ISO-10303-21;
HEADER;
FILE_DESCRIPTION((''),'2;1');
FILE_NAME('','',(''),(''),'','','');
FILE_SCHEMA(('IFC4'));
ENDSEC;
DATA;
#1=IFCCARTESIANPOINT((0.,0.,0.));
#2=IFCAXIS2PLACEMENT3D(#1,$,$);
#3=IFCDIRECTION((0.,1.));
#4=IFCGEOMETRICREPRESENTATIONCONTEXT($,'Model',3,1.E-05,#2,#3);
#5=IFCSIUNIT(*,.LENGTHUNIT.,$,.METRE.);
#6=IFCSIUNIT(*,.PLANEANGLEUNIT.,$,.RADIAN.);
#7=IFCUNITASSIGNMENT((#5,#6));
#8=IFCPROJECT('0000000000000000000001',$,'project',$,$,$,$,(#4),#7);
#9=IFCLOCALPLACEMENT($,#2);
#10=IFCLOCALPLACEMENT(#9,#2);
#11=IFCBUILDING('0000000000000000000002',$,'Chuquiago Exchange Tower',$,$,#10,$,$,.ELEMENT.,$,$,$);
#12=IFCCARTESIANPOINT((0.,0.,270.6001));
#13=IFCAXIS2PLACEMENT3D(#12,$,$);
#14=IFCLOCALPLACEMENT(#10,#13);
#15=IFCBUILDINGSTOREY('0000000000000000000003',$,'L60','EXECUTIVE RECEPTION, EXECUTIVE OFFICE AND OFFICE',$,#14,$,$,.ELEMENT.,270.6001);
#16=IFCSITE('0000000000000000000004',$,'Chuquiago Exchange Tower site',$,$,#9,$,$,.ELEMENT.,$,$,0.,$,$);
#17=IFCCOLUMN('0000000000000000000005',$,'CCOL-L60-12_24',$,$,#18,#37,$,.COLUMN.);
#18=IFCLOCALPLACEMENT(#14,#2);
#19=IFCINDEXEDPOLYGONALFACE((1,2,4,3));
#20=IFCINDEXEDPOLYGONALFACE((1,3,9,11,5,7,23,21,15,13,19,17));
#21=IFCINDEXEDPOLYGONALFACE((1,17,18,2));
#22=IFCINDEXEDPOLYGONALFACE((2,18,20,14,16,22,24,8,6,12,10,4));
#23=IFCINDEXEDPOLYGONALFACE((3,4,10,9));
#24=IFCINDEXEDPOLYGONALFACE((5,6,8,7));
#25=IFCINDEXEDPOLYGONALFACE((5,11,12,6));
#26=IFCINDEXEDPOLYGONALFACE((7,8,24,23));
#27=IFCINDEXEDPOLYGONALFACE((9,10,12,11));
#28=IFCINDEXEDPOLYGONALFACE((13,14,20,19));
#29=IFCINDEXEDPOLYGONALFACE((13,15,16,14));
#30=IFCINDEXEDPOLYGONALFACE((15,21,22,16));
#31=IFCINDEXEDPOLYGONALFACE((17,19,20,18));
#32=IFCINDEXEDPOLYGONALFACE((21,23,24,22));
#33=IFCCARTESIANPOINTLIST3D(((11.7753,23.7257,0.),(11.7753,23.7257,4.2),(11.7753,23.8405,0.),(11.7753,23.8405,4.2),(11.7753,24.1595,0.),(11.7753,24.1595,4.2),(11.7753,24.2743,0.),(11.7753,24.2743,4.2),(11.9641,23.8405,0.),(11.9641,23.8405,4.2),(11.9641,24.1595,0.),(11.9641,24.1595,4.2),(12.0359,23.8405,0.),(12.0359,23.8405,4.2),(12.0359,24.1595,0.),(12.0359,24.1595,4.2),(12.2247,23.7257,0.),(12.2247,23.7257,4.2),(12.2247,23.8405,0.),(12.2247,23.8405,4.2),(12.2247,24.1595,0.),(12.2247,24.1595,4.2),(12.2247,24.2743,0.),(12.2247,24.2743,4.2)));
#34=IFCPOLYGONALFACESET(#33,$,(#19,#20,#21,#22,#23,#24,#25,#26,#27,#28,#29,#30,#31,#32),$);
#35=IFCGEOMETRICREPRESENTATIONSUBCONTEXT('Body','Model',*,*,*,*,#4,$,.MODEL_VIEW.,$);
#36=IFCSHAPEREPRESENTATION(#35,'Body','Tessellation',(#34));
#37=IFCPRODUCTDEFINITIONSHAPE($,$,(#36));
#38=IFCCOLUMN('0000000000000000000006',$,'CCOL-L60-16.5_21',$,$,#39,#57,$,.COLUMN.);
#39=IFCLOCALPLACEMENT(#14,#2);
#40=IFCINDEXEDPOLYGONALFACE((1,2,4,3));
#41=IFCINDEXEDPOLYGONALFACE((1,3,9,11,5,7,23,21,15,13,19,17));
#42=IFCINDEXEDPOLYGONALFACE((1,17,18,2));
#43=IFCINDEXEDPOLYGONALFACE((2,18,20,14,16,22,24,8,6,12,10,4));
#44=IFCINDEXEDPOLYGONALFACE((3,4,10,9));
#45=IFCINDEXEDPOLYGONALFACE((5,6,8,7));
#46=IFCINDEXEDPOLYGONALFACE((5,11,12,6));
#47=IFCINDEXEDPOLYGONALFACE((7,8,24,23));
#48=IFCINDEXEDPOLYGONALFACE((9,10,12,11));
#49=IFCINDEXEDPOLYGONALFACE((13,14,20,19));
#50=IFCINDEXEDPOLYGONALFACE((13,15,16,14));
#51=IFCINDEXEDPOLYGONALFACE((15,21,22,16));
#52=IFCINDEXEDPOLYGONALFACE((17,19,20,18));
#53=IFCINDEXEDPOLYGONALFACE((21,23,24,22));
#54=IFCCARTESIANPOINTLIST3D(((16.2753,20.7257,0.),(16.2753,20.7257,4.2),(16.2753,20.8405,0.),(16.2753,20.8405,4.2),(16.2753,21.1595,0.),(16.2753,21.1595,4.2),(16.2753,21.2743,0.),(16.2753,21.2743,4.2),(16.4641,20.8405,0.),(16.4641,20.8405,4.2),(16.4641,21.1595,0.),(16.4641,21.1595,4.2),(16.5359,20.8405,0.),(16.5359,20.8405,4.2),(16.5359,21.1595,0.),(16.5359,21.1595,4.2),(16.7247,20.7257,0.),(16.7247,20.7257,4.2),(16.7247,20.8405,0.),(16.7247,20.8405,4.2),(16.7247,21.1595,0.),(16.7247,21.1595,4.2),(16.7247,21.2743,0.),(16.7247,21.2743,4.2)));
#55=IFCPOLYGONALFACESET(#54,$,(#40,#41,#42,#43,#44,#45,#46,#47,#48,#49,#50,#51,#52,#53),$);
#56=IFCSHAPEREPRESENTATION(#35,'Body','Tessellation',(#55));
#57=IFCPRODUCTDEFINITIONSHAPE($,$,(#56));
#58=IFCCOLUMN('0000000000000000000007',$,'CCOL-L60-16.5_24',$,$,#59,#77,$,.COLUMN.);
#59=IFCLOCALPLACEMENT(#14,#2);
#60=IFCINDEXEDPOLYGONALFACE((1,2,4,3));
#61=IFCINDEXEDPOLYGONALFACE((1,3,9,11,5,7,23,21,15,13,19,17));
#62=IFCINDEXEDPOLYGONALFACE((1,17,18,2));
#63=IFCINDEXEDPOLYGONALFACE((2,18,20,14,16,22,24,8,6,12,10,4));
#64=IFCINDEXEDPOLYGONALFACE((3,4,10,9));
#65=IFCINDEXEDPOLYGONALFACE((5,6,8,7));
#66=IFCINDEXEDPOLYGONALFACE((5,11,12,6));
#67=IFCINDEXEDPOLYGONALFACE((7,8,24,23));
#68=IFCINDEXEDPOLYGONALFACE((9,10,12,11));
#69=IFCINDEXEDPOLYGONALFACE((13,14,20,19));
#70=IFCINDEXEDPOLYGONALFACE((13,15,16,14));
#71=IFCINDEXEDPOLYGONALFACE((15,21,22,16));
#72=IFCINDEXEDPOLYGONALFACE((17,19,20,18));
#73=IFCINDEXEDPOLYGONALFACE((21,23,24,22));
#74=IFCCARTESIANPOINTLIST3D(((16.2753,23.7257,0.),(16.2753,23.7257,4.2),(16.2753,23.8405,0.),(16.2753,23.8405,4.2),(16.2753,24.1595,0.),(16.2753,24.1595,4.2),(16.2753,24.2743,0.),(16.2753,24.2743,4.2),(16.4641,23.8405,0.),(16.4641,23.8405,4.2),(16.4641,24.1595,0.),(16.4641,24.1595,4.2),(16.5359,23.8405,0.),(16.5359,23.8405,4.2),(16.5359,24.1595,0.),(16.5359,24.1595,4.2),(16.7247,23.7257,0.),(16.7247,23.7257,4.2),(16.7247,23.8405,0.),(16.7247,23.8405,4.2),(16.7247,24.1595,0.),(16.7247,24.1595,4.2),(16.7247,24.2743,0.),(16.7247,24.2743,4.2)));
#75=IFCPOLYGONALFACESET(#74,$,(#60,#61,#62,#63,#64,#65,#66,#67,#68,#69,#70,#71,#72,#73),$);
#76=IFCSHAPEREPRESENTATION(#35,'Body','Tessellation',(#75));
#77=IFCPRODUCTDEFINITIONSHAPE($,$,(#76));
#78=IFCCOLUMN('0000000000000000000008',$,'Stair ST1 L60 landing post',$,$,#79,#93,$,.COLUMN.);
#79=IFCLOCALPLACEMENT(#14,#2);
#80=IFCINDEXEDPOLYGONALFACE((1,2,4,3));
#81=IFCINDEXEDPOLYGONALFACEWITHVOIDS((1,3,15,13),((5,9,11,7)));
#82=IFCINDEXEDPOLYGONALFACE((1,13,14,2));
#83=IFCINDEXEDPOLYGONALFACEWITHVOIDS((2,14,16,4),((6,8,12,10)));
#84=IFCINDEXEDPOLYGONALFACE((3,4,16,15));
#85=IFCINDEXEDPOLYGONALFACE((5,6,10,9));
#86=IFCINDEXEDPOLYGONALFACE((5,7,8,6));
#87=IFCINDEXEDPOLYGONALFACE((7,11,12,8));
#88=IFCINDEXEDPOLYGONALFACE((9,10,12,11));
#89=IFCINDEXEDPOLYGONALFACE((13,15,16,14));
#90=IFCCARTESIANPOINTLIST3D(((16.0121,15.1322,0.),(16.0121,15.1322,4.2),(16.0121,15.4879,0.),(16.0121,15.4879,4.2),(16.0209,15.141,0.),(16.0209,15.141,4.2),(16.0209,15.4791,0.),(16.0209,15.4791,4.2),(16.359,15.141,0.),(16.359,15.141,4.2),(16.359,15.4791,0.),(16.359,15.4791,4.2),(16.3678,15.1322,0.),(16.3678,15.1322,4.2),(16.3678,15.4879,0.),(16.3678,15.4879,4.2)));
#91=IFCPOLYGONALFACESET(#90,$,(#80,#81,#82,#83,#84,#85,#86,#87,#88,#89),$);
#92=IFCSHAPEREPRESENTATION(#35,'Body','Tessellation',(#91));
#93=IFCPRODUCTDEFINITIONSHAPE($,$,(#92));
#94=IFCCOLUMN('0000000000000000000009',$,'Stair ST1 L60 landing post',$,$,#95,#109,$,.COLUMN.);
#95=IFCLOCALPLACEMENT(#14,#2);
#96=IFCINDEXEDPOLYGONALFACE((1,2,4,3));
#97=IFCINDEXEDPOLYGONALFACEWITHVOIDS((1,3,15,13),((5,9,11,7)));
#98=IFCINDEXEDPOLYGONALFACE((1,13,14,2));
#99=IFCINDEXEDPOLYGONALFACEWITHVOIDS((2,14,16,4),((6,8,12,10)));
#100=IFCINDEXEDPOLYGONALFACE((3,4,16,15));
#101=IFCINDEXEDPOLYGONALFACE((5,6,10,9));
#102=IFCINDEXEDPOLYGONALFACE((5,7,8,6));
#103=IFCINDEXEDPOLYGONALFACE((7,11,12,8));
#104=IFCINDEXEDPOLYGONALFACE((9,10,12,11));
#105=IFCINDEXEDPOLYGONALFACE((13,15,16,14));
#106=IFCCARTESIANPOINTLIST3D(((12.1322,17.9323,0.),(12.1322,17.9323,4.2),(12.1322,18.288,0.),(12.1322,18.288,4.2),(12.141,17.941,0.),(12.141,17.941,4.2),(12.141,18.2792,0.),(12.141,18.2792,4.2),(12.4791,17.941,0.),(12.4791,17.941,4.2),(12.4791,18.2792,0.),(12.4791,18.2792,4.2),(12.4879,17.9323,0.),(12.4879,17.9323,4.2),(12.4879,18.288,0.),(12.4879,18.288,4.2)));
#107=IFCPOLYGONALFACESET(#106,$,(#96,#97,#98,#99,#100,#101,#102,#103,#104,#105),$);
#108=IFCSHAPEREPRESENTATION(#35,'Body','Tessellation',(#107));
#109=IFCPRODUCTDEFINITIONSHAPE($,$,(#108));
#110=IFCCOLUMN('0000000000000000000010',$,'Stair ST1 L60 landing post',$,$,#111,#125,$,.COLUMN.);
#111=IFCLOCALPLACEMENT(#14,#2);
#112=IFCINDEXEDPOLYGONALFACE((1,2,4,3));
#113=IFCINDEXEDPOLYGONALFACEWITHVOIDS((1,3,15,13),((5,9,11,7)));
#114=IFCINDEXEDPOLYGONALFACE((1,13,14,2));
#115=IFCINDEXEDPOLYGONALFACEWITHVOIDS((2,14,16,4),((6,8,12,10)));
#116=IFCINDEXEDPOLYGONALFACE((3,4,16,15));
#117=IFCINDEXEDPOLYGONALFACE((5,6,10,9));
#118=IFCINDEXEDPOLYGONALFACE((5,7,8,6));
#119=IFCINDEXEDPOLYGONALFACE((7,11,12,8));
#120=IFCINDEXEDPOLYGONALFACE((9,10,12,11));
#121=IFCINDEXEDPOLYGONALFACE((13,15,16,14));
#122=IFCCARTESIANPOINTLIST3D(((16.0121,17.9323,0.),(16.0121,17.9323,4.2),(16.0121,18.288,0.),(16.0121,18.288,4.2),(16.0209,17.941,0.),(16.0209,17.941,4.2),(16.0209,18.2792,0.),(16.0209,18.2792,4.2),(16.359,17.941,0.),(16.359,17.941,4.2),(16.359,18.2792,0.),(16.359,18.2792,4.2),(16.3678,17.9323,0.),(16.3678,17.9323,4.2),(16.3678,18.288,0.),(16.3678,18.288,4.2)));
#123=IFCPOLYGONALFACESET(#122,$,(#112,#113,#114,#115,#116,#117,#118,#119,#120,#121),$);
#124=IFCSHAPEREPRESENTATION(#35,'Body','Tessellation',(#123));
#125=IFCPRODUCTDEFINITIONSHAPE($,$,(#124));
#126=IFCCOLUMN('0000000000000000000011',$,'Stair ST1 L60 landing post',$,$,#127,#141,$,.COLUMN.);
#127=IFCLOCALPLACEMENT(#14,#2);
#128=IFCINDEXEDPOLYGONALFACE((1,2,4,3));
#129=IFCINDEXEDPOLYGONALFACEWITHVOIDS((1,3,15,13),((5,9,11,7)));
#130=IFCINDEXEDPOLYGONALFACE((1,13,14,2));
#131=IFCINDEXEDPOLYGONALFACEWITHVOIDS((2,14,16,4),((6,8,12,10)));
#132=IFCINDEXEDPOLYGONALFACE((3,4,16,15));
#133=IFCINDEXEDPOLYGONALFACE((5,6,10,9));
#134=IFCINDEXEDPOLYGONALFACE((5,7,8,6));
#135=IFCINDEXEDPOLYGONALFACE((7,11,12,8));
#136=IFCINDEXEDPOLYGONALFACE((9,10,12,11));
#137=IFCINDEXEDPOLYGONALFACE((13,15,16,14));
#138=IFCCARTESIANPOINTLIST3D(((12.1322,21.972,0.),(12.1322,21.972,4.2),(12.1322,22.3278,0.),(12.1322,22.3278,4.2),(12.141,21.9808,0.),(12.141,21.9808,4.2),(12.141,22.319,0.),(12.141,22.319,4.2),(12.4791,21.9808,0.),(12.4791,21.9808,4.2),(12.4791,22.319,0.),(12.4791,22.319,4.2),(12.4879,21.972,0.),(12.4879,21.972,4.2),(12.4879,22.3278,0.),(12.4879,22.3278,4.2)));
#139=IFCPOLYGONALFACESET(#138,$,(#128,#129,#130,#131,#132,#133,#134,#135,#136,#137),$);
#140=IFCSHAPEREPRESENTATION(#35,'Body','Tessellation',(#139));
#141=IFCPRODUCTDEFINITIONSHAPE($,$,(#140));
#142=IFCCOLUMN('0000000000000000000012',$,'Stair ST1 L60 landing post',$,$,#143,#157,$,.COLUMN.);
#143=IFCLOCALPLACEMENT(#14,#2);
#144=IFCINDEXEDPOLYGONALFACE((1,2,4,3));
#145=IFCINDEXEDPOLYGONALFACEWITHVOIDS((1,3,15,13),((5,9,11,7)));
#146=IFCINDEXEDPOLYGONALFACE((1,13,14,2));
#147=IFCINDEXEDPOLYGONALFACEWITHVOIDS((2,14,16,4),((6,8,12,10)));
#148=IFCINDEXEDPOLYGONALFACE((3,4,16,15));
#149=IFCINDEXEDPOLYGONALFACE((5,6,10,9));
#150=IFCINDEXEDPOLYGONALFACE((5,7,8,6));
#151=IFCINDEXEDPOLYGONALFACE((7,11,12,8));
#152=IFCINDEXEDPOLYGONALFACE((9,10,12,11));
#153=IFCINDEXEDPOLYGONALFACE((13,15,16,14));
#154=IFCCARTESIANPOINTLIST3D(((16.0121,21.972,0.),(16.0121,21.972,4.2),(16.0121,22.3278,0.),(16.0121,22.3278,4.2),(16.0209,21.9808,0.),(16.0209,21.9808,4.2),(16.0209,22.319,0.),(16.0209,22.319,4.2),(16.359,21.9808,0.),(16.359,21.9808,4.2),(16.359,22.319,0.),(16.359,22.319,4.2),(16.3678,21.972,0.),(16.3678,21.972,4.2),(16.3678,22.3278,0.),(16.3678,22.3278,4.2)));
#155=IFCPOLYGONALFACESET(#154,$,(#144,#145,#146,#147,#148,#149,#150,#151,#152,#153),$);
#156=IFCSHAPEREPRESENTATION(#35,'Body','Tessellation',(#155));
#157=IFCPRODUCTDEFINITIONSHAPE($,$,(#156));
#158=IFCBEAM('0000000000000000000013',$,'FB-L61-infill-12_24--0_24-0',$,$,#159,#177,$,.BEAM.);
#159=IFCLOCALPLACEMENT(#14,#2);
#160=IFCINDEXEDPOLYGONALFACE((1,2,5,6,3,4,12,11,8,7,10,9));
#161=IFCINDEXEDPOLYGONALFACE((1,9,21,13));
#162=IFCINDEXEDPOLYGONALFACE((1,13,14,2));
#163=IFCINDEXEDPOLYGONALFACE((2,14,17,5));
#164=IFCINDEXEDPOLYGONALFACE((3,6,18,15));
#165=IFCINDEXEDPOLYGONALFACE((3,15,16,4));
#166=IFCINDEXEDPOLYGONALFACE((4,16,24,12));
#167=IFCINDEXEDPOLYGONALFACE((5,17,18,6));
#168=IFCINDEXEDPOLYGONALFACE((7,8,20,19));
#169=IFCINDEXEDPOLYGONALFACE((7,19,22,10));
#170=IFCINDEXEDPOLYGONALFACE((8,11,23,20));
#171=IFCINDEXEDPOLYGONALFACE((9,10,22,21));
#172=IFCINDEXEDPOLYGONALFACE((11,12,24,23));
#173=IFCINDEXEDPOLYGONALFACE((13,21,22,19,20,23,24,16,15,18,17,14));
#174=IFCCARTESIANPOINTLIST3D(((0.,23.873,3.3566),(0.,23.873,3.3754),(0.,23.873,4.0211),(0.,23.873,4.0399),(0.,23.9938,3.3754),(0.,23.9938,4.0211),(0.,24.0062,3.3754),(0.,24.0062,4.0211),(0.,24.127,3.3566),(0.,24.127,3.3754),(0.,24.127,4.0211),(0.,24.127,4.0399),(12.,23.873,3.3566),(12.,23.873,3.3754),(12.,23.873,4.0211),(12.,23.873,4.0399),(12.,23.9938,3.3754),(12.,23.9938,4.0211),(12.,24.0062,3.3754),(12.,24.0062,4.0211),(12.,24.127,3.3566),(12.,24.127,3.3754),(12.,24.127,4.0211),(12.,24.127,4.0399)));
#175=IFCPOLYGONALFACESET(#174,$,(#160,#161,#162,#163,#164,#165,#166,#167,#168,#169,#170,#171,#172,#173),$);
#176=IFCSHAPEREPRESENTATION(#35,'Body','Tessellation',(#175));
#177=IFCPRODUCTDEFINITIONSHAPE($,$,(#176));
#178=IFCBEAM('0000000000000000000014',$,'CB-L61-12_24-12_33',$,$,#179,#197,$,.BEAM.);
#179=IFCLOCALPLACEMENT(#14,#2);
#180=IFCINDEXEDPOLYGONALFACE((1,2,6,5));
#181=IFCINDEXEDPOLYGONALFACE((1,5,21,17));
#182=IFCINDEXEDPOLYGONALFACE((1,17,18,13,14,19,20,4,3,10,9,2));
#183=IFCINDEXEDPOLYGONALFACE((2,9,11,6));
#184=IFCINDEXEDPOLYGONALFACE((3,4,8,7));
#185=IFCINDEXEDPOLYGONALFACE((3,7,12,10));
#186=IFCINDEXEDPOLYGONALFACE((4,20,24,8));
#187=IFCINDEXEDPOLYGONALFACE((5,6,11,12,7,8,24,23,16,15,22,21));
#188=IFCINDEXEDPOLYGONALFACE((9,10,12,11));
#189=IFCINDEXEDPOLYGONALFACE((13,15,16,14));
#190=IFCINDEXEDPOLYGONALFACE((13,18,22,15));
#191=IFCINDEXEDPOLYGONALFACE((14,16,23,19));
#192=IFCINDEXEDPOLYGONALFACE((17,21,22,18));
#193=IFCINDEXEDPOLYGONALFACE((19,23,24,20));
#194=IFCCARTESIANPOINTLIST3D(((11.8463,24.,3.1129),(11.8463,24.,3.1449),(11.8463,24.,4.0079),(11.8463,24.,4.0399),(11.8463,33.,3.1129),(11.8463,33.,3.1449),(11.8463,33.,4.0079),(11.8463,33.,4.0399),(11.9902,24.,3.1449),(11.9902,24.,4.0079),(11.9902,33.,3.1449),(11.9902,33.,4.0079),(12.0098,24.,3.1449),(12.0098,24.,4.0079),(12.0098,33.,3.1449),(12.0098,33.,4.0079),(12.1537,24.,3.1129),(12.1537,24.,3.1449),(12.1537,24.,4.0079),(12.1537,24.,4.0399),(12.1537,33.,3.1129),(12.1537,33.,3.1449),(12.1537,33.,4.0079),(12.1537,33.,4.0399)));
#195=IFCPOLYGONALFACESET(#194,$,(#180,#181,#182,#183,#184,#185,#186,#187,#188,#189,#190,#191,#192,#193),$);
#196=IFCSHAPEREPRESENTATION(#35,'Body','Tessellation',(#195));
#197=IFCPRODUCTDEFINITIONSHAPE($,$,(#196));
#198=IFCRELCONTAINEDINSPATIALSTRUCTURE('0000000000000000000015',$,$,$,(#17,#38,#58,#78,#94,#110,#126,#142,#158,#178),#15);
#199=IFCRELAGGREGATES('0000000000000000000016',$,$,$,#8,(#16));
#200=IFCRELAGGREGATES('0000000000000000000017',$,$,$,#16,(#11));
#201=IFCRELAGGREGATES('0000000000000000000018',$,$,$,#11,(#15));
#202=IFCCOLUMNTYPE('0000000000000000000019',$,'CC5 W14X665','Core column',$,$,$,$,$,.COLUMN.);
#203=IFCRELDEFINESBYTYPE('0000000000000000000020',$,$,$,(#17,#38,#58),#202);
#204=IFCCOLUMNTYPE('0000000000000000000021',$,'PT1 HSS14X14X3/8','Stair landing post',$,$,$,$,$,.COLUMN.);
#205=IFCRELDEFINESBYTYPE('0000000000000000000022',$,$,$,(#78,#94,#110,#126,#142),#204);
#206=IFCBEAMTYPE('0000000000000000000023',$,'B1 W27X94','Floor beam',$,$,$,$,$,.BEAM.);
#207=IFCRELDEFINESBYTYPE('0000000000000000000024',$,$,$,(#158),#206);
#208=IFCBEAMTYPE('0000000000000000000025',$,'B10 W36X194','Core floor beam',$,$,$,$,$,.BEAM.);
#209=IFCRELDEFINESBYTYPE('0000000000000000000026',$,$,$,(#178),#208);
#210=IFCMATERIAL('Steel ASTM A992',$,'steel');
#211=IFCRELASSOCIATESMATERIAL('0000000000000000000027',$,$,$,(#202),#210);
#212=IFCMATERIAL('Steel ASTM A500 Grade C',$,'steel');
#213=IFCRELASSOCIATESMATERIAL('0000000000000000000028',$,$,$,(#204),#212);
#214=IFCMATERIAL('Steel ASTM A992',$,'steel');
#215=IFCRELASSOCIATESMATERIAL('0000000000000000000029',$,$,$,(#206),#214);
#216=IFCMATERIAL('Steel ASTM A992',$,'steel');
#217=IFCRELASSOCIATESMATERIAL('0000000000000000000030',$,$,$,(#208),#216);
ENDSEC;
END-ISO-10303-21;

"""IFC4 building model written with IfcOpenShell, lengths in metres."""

from ifc_helpers import new_model, si_unit, direction, frame, origin, origin_2d, place, context, subcontext, project, spatial, hollow_rectangle, i_section, extrude, material, material_profile, profile_set, type_object, element, save


model = new_model("IFC4")

# Units and contexts
model_context = context("Model", 3, precision=1e-05, world=origin(), true_north=direction((0.0, 1.0)))
body_context = subcontext(model_context, "Body", "Model", "MODEL_VIEW")
ifc_project = project(units=[si_unit("LENGTHUNIT", "METRE"), si_unit("PLANEANGLEUNIT", "RADIAN")], contexts=[model_context])

# Site, building, storey
site_placement = place(None, origin())
site = spatial("IfcSite", under=ifc_project, at=site_placement, Name="Chuquiago Exchange Tower site", CompositionType="ELEMENT", RefElevation=0.0)
building_placement = place(site_placement, origin())
building = spatial("IfcBuilding", under=site, at=building_placement, Name="Chuquiago Exchange Tower", CompositionType="ELEMENT")
storey_placement = place(building_placement, frame((0.0, 0.0, 270.6001)))
storey = spatial("IfcBuildingStorey", under=building, at=storey_placement, Name="L60", Description="EXECUTIVE RECEPTION, EXECUTIVE OFFICE AND OFFICE", CompositionType="ELEMENT", Elevation=270.6001)

# Columns
ifc_material_1 = material(Name="Steel ASTM A992", Category="steel")
ifc_material_profile_1 = material_profile(ifc_material_1, i_section(OverallWidth=0.4495, OverallDepth=0.5486, WebThickness=0.0718, FlangeThickness=0.1147, at=origin_2d()), Name="W14X665")
ifc_profile_set_1 = profile_set([ifc_material_profile_1], Name="Steel ASTM A992")
column_type_1 = type_object("IfcColumnType", Name="CC5 W14X665", Description="Core column", PredefinedType="COLUMN", material=ifc_profile_set_1)
for number, where, z_axis, x_axis, name in (
    (1, (12.0, 24.0, 0.0), (0.0, 0.0, 1.0), (1.0, 0.0, 0.0), "CCOL-L60-12_24"),
    (2, (16.5, 21.0, 0.0), (0.0, 0.0, 1.0), (1.0, 0.0, 0.0), "CCOL-L60-16.5_21"),
    (3, (16.5, 24.0, 0.0), (0.0, 0.0, 1.0), (1.0, 0.0, 0.0), "CCOL-L60-16.5_24"),
):
    element("IfcColumn", number, at=place(storey_placement, frame(where, z_axis=z_axis, x_axis=x_axis)), inside=storey, type_object=column_type_1, Name=name, PredefinedType="COLUMN", context=body_context, shape_type="SweptSolid", body=[
        extrude(i_section(OverallWidth=0.4495, OverallDepth=0.5486, WebThickness=0.0718, FlangeThickness=0.1147, at=origin_2d()), origin(), (0.0, 0.0, 1.0), 4.2),
    ])
ifc_material_2 = material(Name="Steel ASTM A500 Grade C", Category="steel")
ifc_material_profile_2 = material_profile(ifc_material_2, hollow_rectangle(XDim=0.3557, YDim=0.3557, WallThickness=0.0088, at=origin_2d()), Name="HSS14X14X3/8")
ifc_profile_set_2 = profile_set([ifc_material_profile_2], Name="Steel ASTM A500 Grade C")
column_type_2 = type_object("IfcColumnType", Name="PT1 HSS14X14X3/8", Description="Stair landing post", PredefinedType="COLUMN", material=ifc_profile_set_2)
for number, where, z_axis, x_axis, name in (
    (4, (16.1899, 15.3101, 0.0), (0.0, 0.0, 1.0), (1.0, 0.0, 0.0), "Stair ST1 L60 landing post"),
    (5, (12.3101, 18.1101, 0.0), (0.0, 0.0, 1.0), (1.0, 0.0, 0.0), "Stair ST1 L60 landing post"),
    (6, (16.1899, 18.1101, 0.0), (0.0, 0.0, 1.0), (1.0, 0.0, 0.0), "Stair ST1 L60 landing post"),
    (7, (12.3101, 22.1499, 0.0), (0.0, 0.0, 1.0), (1.0, 0.0, 0.0), "Stair ST1 L60 landing post"),
    (8, (16.1899, 22.1499, 0.0), (0.0, 0.0, 1.0), (1.0, 0.0, 0.0), "Stair ST1 L60 landing post"),
):
    element("IfcColumn", number, at=place(storey_placement, frame(where, z_axis=z_axis, x_axis=x_axis)), inside=storey, type_object=column_type_2, Name=name, PredefinedType="COLUMN", context=body_context, shape_type="SweptSolid", body=[
        extrude(hollow_rectangle(XDim=0.3557, YDim=0.3557, WallThickness=0.0088, at=origin_2d()), origin(), (0.0, 0.0, 1.0), 4.2),
    ])

# Beams
ifc_material_3 = material(Name="Steel ASTM A992", Category="steel")
ifc_material_profile_3 = material_profile(ifc_material_3, i_section(OverallWidth=0.2539, OverallDepth=0.6833, WebThickness=0.0125, FlangeThickness=0.0188, at=origin_2d()), Name="W27X94")
ifc_profile_set_3 = profile_set([ifc_material_profile_3], Name="Steel ASTM A992")
beam_type_1 = type_object("IfcBeamType", Name="B1 W27X94", Description="Floor beam", PredefinedType="BEAM", material=ifc_profile_set_3)
beam_1_placement = place(storey_placement, frame((12.0, 24.0, 3.6982), z_axis=(-1.0, 0.0, 0.0), x_axis=(0.0, -1.0, 0.0)))
element("IfcBeam", 9, at=beam_1_placement, inside=storey, type_object=beam_type_1, Name="FB-L61-infill-12_24--0_24-0", PredefinedType="BEAM", context=body_context, shape_type="SweptSolid", body=[
    extrude(i_section(OverallWidth=0.2539, OverallDepth=0.6833, WebThickness=0.0125, FlangeThickness=0.0188, at=origin_2d()), origin(), (0.0, 0.0, 1.0), 12.0),
])
ifc_material_4 = material(Name="Steel ASTM A992", Category="steel")
ifc_material_profile_4 = material_profile(ifc_material_4, i_section(OverallWidth=0.3074, OverallDepth=0.927, WebThickness=0.0195, FlangeThickness=0.032, at=origin_2d()), Name="W36X194")
ifc_profile_set_4 = profile_set([ifc_material_profile_4], Name="Steel ASTM A992")
beam_type_2 = type_object("IfcBeamType", Name="B10 W36X194", Description="Core floor beam", PredefinedType="BEAM", material=ifc_profile_set_4)
for number, where, z_axis, x_axis, name in (
    (10, (12.0, 24.0, 3.5764), (0.0, 1.0, 0.0), (-1.0, 0.0, 0.0), "CB-L61-12_24-12_33"),
):
    element("IfcBeam", number, at=place(storey_placement, frame(where, z_axis=z_axis, x_axis=x_axis)), inside=storey, type_object=beam_type_2, Name=name, PredefinedType="BEAM", context=body_context, shape_type="SweptSolid", body=[
        extrude(i_section(OverallWidth=0.3074, OverallDepth=0.927, WebThickness=0.0195, FlangeThickness=0.032, at=origin_2d()), origin(), (0.0, 0.0, 1.0), 9.0),
    ])

save(model, "model.ifc")
